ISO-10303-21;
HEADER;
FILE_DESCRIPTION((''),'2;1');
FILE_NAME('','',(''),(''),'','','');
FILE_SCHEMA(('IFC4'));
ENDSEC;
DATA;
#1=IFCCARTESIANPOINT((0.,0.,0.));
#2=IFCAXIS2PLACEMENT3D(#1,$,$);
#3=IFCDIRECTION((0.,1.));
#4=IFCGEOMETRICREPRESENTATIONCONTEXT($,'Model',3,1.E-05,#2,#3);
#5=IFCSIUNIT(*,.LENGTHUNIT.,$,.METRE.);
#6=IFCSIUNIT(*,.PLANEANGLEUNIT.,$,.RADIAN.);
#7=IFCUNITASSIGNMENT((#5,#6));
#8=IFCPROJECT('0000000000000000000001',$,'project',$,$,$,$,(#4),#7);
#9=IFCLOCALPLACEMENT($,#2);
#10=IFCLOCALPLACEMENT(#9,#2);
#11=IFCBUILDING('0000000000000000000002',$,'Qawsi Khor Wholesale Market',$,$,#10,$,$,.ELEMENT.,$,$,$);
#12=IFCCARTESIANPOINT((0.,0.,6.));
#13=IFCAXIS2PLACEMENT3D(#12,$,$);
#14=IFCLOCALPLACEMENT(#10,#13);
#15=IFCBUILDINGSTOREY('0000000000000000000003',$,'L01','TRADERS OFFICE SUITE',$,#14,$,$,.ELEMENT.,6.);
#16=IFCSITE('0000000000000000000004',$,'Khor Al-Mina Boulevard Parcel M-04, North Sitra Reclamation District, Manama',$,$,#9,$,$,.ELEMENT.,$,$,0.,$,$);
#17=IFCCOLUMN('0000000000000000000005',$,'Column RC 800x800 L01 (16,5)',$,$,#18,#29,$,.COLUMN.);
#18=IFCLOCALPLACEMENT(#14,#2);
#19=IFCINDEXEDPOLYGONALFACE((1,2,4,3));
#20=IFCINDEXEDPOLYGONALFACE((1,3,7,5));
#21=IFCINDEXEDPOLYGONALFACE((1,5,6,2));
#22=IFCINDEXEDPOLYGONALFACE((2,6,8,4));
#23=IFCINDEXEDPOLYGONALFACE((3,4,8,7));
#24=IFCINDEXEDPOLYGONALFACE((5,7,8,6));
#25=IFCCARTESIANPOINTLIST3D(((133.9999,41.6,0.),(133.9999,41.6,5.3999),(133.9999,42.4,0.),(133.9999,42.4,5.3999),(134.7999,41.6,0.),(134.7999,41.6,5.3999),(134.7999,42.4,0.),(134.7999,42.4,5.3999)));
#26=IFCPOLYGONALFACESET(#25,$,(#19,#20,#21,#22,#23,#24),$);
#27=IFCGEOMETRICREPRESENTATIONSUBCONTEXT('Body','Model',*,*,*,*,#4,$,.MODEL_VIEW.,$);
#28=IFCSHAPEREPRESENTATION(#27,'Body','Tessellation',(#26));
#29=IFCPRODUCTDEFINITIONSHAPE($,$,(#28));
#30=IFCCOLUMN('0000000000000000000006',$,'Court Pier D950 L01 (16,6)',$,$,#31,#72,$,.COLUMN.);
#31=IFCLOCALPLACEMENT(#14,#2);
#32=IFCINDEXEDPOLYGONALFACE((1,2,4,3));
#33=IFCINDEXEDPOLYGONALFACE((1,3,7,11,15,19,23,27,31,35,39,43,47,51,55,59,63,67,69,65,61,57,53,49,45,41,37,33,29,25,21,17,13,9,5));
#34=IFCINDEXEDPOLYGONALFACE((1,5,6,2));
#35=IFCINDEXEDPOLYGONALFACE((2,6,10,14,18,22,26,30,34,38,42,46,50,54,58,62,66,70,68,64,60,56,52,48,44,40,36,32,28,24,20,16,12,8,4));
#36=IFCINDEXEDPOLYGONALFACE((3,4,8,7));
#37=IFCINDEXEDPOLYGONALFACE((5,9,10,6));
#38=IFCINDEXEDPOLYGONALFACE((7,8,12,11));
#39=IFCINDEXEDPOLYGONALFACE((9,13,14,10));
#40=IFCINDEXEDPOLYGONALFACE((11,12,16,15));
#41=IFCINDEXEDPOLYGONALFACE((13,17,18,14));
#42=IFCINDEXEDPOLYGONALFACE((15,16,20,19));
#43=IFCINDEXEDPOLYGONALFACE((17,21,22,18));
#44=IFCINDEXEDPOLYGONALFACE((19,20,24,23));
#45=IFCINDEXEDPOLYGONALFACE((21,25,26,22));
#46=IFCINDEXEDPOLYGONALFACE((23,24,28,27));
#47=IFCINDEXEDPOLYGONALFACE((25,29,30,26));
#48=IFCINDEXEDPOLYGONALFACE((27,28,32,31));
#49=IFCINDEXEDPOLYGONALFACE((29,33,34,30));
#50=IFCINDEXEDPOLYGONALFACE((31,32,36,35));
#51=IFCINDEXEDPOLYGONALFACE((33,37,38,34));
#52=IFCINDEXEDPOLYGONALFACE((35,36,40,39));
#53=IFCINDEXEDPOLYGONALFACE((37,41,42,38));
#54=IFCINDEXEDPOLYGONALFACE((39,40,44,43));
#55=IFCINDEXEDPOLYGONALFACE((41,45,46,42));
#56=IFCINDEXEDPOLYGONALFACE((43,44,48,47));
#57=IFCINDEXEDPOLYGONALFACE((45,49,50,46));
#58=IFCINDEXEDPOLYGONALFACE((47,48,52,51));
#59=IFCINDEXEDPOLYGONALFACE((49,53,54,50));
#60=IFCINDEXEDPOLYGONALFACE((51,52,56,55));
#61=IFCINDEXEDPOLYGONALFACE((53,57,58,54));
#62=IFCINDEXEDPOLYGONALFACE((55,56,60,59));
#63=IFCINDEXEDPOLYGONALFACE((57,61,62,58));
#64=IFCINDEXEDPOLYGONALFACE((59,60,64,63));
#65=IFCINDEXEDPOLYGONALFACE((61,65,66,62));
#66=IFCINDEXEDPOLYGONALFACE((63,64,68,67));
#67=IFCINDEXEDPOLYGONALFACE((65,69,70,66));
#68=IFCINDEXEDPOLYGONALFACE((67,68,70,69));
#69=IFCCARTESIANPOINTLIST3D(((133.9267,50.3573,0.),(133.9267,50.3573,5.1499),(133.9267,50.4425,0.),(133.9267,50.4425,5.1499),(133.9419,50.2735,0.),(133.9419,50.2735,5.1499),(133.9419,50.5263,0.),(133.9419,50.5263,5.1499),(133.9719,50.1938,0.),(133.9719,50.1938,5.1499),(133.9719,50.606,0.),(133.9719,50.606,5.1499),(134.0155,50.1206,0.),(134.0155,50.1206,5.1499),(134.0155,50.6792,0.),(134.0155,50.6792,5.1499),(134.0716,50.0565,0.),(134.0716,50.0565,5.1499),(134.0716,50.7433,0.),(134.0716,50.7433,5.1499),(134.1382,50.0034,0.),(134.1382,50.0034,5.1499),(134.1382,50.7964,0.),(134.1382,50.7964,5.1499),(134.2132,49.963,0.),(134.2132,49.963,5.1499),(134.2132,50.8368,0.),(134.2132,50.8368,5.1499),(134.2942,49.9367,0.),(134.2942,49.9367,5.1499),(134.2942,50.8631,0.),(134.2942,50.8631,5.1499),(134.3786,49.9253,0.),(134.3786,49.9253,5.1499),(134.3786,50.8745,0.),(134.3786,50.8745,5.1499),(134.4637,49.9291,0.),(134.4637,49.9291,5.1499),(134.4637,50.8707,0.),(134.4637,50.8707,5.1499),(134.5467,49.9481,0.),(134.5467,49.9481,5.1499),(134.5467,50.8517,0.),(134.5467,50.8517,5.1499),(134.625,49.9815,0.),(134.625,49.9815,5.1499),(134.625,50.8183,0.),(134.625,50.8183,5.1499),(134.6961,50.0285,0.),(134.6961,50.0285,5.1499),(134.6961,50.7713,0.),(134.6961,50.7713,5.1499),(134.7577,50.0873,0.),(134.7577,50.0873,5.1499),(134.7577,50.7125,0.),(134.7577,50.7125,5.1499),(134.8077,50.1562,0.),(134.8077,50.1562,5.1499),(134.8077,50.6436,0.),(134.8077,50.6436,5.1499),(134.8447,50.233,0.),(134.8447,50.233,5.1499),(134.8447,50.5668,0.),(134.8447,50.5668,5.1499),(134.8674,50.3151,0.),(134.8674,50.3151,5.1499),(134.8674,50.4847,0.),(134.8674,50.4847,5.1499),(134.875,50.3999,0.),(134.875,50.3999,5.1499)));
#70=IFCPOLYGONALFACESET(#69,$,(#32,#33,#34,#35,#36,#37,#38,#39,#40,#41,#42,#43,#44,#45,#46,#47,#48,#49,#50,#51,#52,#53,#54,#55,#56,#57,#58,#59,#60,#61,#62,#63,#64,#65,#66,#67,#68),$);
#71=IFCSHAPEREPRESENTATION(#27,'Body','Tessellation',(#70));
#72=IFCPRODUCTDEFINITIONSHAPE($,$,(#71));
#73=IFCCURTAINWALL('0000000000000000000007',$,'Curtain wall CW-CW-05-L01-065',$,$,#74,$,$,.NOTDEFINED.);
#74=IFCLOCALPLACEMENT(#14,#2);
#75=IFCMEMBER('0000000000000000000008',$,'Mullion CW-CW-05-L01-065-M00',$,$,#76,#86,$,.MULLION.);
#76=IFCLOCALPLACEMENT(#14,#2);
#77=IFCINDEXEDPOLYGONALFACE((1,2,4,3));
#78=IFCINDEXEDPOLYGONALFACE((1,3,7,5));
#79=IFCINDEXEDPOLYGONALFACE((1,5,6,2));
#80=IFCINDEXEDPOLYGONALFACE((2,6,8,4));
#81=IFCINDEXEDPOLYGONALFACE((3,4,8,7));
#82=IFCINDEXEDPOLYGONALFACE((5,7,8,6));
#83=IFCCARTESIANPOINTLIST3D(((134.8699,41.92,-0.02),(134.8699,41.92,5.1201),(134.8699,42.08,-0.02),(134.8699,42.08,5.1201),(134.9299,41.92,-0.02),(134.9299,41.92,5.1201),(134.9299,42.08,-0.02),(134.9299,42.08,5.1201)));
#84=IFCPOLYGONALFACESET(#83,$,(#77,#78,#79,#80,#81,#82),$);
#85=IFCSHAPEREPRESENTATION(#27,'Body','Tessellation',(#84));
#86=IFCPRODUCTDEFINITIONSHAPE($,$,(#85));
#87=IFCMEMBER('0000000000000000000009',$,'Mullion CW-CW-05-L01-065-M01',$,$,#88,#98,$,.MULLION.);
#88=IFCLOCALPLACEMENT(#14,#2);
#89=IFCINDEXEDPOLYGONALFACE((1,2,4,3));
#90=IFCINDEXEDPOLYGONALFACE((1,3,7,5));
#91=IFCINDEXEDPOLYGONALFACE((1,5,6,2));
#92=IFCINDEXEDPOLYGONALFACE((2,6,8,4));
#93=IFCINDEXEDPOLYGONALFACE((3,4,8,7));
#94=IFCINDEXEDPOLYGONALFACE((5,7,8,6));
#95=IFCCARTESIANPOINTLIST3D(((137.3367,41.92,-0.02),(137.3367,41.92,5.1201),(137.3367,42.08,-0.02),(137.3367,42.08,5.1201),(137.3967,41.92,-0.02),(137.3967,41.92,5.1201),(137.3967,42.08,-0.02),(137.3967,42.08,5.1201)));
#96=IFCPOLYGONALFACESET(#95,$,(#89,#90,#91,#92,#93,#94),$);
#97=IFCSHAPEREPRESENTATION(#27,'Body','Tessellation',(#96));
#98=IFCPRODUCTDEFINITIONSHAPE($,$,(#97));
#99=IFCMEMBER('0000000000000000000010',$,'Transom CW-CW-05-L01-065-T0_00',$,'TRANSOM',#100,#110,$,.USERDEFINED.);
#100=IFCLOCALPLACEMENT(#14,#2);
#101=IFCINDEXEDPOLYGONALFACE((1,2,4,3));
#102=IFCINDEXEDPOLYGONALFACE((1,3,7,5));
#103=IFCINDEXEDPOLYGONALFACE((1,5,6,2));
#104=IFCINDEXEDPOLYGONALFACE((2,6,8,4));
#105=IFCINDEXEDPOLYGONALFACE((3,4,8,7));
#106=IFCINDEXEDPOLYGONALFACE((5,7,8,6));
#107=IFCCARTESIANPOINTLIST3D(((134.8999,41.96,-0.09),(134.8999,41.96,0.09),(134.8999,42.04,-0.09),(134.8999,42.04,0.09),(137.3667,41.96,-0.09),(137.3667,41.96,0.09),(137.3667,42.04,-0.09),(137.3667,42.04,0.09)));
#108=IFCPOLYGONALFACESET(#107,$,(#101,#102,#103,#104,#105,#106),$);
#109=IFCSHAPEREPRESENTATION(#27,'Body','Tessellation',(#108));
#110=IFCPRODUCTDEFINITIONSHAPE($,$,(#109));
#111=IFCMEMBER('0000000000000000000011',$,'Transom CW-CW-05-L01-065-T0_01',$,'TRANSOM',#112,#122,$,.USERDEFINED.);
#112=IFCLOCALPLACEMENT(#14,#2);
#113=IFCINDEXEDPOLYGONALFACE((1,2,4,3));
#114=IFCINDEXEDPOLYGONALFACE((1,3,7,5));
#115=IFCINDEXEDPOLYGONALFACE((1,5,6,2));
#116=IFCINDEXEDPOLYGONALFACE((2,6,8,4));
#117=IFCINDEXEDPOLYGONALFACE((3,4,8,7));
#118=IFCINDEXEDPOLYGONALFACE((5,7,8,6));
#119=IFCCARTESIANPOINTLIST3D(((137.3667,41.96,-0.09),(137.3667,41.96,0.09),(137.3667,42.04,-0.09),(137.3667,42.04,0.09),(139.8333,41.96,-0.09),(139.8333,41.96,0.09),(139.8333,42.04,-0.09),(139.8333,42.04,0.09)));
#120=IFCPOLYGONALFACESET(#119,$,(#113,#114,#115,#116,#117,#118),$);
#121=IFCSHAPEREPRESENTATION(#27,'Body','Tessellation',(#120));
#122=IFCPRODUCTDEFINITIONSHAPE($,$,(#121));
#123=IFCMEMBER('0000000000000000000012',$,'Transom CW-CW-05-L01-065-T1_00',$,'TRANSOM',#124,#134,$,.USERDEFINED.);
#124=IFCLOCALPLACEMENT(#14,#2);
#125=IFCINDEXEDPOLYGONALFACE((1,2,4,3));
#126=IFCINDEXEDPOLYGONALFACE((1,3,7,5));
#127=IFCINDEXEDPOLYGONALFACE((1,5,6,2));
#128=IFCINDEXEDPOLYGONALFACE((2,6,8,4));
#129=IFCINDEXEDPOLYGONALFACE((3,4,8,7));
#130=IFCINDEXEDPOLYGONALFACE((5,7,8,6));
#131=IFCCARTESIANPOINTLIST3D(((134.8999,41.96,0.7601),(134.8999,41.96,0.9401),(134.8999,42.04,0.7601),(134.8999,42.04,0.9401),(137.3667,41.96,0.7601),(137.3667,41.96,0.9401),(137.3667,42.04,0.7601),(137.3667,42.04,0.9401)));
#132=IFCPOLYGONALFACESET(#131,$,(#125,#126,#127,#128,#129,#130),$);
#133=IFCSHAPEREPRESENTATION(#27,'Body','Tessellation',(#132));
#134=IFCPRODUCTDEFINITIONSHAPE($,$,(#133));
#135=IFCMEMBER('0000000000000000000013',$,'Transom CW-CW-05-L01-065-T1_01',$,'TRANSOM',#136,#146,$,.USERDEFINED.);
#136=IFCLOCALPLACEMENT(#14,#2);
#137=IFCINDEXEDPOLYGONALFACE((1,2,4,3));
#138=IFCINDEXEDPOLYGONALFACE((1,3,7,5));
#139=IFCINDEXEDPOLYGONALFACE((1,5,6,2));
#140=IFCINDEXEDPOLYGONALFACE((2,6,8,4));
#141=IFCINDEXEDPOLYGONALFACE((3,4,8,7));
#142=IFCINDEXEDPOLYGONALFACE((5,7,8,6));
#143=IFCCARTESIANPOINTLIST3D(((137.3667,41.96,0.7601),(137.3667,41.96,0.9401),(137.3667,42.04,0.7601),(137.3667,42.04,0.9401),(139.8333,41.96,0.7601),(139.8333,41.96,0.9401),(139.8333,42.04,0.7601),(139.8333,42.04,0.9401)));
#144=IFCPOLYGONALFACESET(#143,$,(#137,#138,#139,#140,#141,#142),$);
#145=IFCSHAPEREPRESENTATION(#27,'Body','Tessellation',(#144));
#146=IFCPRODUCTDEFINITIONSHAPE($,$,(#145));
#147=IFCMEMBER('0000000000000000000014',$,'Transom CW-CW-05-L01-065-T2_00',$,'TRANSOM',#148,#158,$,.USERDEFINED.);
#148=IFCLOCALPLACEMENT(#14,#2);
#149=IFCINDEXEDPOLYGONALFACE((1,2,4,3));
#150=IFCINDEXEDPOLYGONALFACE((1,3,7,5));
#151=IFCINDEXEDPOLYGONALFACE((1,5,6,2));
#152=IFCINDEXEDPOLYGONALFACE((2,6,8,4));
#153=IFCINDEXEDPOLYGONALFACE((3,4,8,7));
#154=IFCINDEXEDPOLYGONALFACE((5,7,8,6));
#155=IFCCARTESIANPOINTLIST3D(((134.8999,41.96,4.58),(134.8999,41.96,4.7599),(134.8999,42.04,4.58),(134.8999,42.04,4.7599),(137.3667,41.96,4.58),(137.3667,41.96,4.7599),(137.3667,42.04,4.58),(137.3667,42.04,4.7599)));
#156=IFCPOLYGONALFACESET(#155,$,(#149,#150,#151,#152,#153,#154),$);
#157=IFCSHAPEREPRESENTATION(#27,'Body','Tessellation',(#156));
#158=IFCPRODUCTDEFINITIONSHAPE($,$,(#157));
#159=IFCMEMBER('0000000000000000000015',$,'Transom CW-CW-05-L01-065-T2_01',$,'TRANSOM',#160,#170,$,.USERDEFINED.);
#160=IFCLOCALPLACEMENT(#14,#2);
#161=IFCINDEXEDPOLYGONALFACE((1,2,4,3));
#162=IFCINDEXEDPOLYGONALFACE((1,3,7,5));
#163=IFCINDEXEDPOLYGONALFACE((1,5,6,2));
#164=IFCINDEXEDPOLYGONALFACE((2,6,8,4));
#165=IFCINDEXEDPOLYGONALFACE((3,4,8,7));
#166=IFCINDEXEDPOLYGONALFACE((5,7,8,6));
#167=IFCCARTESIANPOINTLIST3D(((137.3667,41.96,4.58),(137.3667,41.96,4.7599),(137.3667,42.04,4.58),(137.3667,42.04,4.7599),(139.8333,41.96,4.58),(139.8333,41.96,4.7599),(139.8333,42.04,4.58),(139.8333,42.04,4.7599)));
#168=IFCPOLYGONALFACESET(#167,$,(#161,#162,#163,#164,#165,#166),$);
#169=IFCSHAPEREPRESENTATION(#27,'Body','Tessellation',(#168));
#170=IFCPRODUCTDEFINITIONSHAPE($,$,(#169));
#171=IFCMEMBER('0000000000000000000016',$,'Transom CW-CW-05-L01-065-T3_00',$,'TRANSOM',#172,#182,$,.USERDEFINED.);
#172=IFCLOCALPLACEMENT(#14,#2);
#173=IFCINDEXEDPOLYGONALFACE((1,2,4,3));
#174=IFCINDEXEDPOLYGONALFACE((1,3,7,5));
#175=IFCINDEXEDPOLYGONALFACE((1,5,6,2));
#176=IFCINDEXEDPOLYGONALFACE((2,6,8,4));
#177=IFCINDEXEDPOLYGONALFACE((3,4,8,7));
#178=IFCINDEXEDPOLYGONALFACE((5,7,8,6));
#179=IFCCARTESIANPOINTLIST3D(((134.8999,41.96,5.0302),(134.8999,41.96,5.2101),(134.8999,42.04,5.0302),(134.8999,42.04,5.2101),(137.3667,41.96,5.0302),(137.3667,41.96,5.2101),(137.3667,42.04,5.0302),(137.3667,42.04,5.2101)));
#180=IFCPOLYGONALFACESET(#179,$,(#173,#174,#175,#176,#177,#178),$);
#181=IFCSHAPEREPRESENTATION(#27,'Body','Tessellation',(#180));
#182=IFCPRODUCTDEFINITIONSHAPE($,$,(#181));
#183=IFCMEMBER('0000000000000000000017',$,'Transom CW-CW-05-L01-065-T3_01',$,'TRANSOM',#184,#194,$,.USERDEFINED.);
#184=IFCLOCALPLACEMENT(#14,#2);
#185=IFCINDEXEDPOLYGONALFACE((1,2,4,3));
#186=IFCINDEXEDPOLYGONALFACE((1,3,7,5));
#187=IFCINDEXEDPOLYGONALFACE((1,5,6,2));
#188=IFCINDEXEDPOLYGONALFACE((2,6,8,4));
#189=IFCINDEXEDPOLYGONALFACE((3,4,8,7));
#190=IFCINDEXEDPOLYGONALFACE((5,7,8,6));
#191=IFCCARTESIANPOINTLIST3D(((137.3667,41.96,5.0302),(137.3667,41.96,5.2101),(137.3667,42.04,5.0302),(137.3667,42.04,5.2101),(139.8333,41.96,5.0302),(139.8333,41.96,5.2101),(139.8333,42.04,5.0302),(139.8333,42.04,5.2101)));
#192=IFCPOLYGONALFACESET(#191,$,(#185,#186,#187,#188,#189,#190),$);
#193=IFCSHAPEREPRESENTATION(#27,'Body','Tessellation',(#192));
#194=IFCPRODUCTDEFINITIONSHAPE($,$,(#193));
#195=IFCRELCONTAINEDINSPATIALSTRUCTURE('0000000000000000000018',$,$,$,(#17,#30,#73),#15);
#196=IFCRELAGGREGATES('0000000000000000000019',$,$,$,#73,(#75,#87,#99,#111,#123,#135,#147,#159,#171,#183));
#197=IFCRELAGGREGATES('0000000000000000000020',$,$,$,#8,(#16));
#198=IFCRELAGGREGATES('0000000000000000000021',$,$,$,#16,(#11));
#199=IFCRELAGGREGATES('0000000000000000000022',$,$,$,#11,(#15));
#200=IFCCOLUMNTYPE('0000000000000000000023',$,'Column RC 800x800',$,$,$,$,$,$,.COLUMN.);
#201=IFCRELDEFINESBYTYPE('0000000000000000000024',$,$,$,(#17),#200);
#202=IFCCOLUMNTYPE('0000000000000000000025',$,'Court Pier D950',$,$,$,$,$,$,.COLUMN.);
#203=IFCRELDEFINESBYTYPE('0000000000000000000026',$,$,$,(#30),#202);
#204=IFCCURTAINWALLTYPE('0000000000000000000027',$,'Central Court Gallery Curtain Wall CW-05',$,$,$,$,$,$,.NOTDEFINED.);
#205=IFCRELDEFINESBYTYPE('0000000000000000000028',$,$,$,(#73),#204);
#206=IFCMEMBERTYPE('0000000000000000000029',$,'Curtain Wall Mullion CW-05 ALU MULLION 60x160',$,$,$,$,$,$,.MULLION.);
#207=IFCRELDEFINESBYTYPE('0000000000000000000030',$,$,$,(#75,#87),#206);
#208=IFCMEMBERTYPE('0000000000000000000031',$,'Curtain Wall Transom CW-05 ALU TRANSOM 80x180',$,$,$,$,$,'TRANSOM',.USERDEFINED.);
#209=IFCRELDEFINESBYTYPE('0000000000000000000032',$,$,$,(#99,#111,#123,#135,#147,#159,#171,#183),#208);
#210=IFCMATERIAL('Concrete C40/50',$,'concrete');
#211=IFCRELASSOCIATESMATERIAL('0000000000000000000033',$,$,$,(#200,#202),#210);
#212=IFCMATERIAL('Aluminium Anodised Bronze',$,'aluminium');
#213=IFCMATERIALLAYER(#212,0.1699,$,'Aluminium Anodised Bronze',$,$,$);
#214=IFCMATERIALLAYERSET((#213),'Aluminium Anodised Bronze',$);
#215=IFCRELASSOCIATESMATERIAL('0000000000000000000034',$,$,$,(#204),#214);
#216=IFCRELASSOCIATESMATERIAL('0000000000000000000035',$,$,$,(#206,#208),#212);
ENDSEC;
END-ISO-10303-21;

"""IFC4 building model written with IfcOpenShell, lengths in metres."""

from ifc_helpers import new_model, si_unit, direction, frame, origin, origin_2d, place, context, subcontext, project, spatial, rectangle, circle, extrude, material, layer, layer_set, material_profile, profile_set, type_object, element, aggregate, save


model = new_model("IFC4")

# Units and contexts
model_context = context("Model", 3, precision=1e-05, world=origin(), true_north=direction((0.0, 1.0)))
body_context = subcontext(model_context, "Body", "Model", "MODEL_VIEW")
ifc_project = project(units=[si_unit("LENGTHUNIT", "METRE"), si_unit("PLANEANGLEUNIT", "RADIAN")], contexts=[model_context])

# Site, building, storey
site_placement = place(None, origin())
site = spatial("IfcSite", under=ifc_project, at=site_placement, Name="Khor Al-Mina Boulevard Parcel M-04, North Sitra Reclamation District, Manama", CompositionType="ELEMENT", RefElevation=0.0)
building_placement = place(site_placement, origin())
building = spatial("IfcBuilding", under=site, at=building_placement, Name="Qawsi Khor Wholesale Market", CompositionType="ELEMENT")
storey_placement = place(building_placement, frame((0.0, 0.0, 6.0)))
storey = spatial("IfcBuildingStorey", under=building, at=storey_placement, Name="L01", Description="TRADERS OFFICE SUITE", CompositionType="ELEMENT", Elevation=6.0)

# Columns
ifc_material_1 = material(Name="Concrete C40/50", Category="concrete")
ifc_material_profile_1 = material_profile(ifc_material_1, rectangle(XDim=0.8, YDim=0.8, at=origin_2d()), Name="RC 800x800")
ifc_profile_set_1 = profile_set([ifc_material_profile_1], Name="Concrete C40/50")
column_type_1 = type_object("IfcColumnType", Name="Column RC 800x800", PredefinedType="COLUMN", material=ifc_profile_set_1)
column_1_placement = place(storey_placement, frame((134.3999, 42.0, 0.0), z_axis=(0.0, 0.0, 1.0), x_axis=(1.0, 0.0, 0.0)))
element("IfcColumn", 1, at=column_1_placement, inside=storey, type_object=column_type_1, Name="Column RC 800x800 L01 (16,5)", PredefinedType="COLUMN", context=body_context, shape_type="SweptSolid", body=[
    extrude(rectangle(XDim=0.8, YDim=0.8, at=origin_2d()), origin(), (0.0, 0.0, 1.0), 5.3999),
])
ifc_material_profile_2 = material_profile(ifc_material_1, circle(Radius=0.4751, at=origin_2d()), Name="RC COL D950")
ifc_profile_set_2 = profile_set([ifc_material_profile_2], Name="Concrete C40/50")
column_type_2 = type_object("IfcColumnType", Name="Court Pier D950", PredefinedType="COLUMN", material=ifc_profile_set_2)
column_2_placement = place(storey_placement, frame((134.3999, 50.3999, 0.0), z_axis=(0.0, 0.0, 1.0), x_axis=(1.0, 0.0, 0.0)))
element("IfcColumn", 2, at=column_2_placement, inside=storey, type_object=column_type_2, Name="Court Pier D950 L01 (16,6)", PredefinedType="COLUMN", context=body_context, shape_type="SweptSolid", body=[
    extrude(circle(Radius=0.4751, at=origin_2d()), origin(), (0.0, 0.0, 1.0), 5.1499),
])

# Curtain wall, members
ifc_material_2 = material(Name="Aluminium Anodised Bronze", Category="aluminium")
ifc_layer_1 = layer(ifc_material_2, 0.1699, Name="Aluminium Anodised Bronze")
ifc_layer_set_1 = layer_set([ifc_layer_1], Name="Aluminium Anodised Bronze")
curtain_wall_type = type_object("IfcCurtainWallType", Name="Central Court Gallery Curtain Wall CW-05", PredefinedType="NOTDEFINED", material=ifc_layer_set_1)
curtain_wall_placement = place(storey_placement, origin())
curtain_wall = element("IfcCurtainWall", 3, at=curtain_wall_placement, inside=storey, type_object=curtain_wall_type, Name="Curtain wall CW-CW-05-L01-065", PredefinedType="NOTDEFINED")
ifc_material_profile_3 = material_profile(ifc_material_2, rectangle(XDim=0.0601, YDim=0.1599, at=origin_2d()), Name="ALU MULLION 60x160")
ifc_profile_set_3 = profile_set([ifc_material_profile_3], Name="Aluminium Anodised Bronze")
member_type_1 = type_object("IfcMemberType", Name="Curtain Wall Mullion CW-05 ALU MULLION 60x160", PredefinedType="MULLION", material=ifc_profile_set_3)
member_1_placement = place(storey_placement, frame((134.8999, 42.0, -0.02), z_axis=(0.0, 0.0, 1.0), x_axis=(1.0, 0.0, 0.0)))
member_1 = element("IfcMember", 4, at=member_1_placement, type_object=member_type_1, Name="Mullion CW-CW-05-L01-065-M00", PredefinedType="MULLION", context=body_context, shape_type="SweptSolid", body=[
    extrude(rectangle(XDim=0.0601, YDim=0.1599, at=origin_2d()), origin(), (0.0, 0.0, 1.0), 5.1401),
])
member_2_placement = place(storey_placement, frame((137.3667, 42.0, -0.02), z_axis=(0.0, 0.0, 1.0), x_axis=(1.0, 0.0, 0.0)))
member_2 = element("IfcMember", 5, at=member_2_placement, type_object=member_type_1, Name="Mullion CW-CW-05-L01-065-M01", PredefinedType="MULLION", context=body_context, shape_type="SweptSolid", body=[
    extrude(rectangle(XDim=0.0601, YDim=0.1599, at=origin_2d()), origin(), (0.0, 0.0, 1.0), 5.1401),
])
ifc_material_profile_4 = material_profile(ifc_material_2, rectangle(XDim=0.0801, YDim=0.1799, at=origin_2d()), Name="ALU TRANSOM 80x180")
ifc_profile_set_4 = profile_set([ifc_material_profile_4], Name="Aluminium Anodised Bronze")
member_type_2 = type_object("IfcMemberType", Name="Curtain Wall Transom CW-05 ALU TRANSOM 80x180", ElementType="TRANSOM", PredefinedType="USERDEFINED", material=ifc_profile_set_4)
member_3_placement = place(storey_placement, frame((134.8999, 42.0, 0.0), z_axis=(1.0, 0.0, 0.0), x_axis=(0.0, 1.0, 0.0)))
member_3 = element("IfcMember", 6, at=member_3_placement, type_object=member_type_2, Name="Transom CW-CW-05-L01-065-T0_00", ObjectType="TRANSOM", PredefinedType="USERDEFINED", context=body_context, shape_type="SweptSolid", body=[
    extrude(rectangle(XDim=0.0801, YDim=0.1799, at=origin_2d()), origin(), (0.0, 0.0, 1.0), 2.4668),
])
member_4_placement = place(storey_placement, frame((137.3667, 42.0, 0.0), z_axis=(1.0, 0.0, 0.0), x_axis=(0.0, 1.0, 0.0)))
member_4 = element("IfcMember", 7, at=member_4_placement, type_object=member_type_2, Name="Transom CW-CW-05-L01-065-T0_01", ObjectType="TRANSOM", PredefinedType="USERDEFINED", context=body_context, shape_type="SweptSolid", body=[
    extrude(rectangle(XDim=0.0801, YDim=0.1799, at=origin_2d()), origin(), (0.0, 0.0, 1.0), 2.4666),
])
member_5_placement = place(storey_placement, frame((134.8999, 42.0, 0.8501), z_axis=(1.0, 0.0, 0.0), x_axis=(0.0, 1.0, 0.0)))
member_5 = element("IfcMember", 8, at=member_5_placement, type_object=member_type_2, Name="Transom CW-CW-05-L01-065-T1_00", ObjectType="TRANSOM", PredefinedType="USERDEFINED", context=body_context, shape_type="SweptSolid", body=[
    extrude(rectangle(XDim=0.0801, YDim=0.1799, at=origin_2d()), origin(), (0.0, 0.0, 1.0), 2.4668),
])
member_6_placement = place(storey_placement, frame((137.3667, 42.0, 0.8501), z_axis=(1.0, 0.0, 0.0), x_axis=(0.0, 1.0, 0.0)))
member_6 = element("IfcMember", 9, at=member_6_placement, type_object=member_type_2, Name="Transom CW-CW-05-L01-065-T1_01", ObjectType="TRANSOM", PredefinedType="USERDEFINED", context=body_context, shape_type="SweptSolid", body=[
    extrude(rectangle(XDim=0.0801, YDim=0.1799, at=origin_2d()), origin(), (0.0, 0.0, 1.0), 2.4666),
])
member_7_placement = place(storey_placement, frame((134.8999, 42.0, 4.6699), z_axis=(1.0, 0.0, 0.0), x_axis=(0.0, 1.0, 0.0)))
member_7 = element("IfcMember", 10, at=member_7_placement, type_object=member_type_2, Name="Transom CW-CW-05-L01-065-T2_00", ObjectType="TRANSOM", PredefinedType="USERDEFINED", context=body_context, shape_type="SweptSolid", body=[
    extrude(rectangle(XDim=0.0801, YDim=0.1799, at=origin_2d()), origin(), (0.0, 0.0, 1.0), 2.4668),
])
member_8_placement = place(storey_placement, frame((137.3667, 42.0, 4.6699), z_axis=(1.0, 0.0, 0.0), x_axis=(0.0, 1.0, 0.0)))
member_8 = element("IfcMember", 11, at=member_8_placement, type_object=member_type_2, Name="Transom CW-CW-05-L01-065-T2_01", ObjectType="TRANSOM", PredefinedType="USERDEFINED", context=body_context, shape_type="SweptSolid", body=[
    extrude(rectangle(XDim=0.0801, YDim=0.1799, at=origin_2d()), origin(), (0.0, 0.0, 1.0), 2.4666),
])
member_9_placement = place(storey_placement, frame((134.8999, 42.0, 5.1201), z_axis=(1.0, 0.0, 0.0), x_axis=(0.0, 1.0, 0.0)))
member_9 = element("IfcMember", 12, at=member_9_placement, type_object=member_type_2, Name="Transom CW-CW-05-L01-065-T3_00", ObjectType="TRANSOM", PredefinedType="USERDEFINED", context=body_context, shape_type="SweptSolid", body=[
    extrude(rectangle(XDim=0.0801, YDim=0.1799, at=origin_2d()), origin(), (0.0, 0.0, 1.0), 2.4668),
])
member_10_placement = place(storey_placement, frame((137.3667, 42.0, 5.1201), z_axis=(1.0, 0.0, 0.0), x_axis=(0.0, 1.0, 0.0)))
member_10 = element("IfcMember", 13, at=member_10_placement, type_object=member_type_2, Name="Transom CW-CW-05-L01-065-T3_01", ObjectType="TRANSOM", PredefinedType="USERDEFINED", context=body_context, shape_type="SweptSolid", body=[
    extrude(rectangle(XDim=0.0801, YDim=0.1799, at=origin_2d()), origin(), (0.0, 0.0, 1.0), 2.4666),
])

aggregate(curtain_wall, [member_1, member_2, member_3, member_4, member_5, member_6, member_7, member_8, member_9, member_10])

save(model, "model.ifc")
